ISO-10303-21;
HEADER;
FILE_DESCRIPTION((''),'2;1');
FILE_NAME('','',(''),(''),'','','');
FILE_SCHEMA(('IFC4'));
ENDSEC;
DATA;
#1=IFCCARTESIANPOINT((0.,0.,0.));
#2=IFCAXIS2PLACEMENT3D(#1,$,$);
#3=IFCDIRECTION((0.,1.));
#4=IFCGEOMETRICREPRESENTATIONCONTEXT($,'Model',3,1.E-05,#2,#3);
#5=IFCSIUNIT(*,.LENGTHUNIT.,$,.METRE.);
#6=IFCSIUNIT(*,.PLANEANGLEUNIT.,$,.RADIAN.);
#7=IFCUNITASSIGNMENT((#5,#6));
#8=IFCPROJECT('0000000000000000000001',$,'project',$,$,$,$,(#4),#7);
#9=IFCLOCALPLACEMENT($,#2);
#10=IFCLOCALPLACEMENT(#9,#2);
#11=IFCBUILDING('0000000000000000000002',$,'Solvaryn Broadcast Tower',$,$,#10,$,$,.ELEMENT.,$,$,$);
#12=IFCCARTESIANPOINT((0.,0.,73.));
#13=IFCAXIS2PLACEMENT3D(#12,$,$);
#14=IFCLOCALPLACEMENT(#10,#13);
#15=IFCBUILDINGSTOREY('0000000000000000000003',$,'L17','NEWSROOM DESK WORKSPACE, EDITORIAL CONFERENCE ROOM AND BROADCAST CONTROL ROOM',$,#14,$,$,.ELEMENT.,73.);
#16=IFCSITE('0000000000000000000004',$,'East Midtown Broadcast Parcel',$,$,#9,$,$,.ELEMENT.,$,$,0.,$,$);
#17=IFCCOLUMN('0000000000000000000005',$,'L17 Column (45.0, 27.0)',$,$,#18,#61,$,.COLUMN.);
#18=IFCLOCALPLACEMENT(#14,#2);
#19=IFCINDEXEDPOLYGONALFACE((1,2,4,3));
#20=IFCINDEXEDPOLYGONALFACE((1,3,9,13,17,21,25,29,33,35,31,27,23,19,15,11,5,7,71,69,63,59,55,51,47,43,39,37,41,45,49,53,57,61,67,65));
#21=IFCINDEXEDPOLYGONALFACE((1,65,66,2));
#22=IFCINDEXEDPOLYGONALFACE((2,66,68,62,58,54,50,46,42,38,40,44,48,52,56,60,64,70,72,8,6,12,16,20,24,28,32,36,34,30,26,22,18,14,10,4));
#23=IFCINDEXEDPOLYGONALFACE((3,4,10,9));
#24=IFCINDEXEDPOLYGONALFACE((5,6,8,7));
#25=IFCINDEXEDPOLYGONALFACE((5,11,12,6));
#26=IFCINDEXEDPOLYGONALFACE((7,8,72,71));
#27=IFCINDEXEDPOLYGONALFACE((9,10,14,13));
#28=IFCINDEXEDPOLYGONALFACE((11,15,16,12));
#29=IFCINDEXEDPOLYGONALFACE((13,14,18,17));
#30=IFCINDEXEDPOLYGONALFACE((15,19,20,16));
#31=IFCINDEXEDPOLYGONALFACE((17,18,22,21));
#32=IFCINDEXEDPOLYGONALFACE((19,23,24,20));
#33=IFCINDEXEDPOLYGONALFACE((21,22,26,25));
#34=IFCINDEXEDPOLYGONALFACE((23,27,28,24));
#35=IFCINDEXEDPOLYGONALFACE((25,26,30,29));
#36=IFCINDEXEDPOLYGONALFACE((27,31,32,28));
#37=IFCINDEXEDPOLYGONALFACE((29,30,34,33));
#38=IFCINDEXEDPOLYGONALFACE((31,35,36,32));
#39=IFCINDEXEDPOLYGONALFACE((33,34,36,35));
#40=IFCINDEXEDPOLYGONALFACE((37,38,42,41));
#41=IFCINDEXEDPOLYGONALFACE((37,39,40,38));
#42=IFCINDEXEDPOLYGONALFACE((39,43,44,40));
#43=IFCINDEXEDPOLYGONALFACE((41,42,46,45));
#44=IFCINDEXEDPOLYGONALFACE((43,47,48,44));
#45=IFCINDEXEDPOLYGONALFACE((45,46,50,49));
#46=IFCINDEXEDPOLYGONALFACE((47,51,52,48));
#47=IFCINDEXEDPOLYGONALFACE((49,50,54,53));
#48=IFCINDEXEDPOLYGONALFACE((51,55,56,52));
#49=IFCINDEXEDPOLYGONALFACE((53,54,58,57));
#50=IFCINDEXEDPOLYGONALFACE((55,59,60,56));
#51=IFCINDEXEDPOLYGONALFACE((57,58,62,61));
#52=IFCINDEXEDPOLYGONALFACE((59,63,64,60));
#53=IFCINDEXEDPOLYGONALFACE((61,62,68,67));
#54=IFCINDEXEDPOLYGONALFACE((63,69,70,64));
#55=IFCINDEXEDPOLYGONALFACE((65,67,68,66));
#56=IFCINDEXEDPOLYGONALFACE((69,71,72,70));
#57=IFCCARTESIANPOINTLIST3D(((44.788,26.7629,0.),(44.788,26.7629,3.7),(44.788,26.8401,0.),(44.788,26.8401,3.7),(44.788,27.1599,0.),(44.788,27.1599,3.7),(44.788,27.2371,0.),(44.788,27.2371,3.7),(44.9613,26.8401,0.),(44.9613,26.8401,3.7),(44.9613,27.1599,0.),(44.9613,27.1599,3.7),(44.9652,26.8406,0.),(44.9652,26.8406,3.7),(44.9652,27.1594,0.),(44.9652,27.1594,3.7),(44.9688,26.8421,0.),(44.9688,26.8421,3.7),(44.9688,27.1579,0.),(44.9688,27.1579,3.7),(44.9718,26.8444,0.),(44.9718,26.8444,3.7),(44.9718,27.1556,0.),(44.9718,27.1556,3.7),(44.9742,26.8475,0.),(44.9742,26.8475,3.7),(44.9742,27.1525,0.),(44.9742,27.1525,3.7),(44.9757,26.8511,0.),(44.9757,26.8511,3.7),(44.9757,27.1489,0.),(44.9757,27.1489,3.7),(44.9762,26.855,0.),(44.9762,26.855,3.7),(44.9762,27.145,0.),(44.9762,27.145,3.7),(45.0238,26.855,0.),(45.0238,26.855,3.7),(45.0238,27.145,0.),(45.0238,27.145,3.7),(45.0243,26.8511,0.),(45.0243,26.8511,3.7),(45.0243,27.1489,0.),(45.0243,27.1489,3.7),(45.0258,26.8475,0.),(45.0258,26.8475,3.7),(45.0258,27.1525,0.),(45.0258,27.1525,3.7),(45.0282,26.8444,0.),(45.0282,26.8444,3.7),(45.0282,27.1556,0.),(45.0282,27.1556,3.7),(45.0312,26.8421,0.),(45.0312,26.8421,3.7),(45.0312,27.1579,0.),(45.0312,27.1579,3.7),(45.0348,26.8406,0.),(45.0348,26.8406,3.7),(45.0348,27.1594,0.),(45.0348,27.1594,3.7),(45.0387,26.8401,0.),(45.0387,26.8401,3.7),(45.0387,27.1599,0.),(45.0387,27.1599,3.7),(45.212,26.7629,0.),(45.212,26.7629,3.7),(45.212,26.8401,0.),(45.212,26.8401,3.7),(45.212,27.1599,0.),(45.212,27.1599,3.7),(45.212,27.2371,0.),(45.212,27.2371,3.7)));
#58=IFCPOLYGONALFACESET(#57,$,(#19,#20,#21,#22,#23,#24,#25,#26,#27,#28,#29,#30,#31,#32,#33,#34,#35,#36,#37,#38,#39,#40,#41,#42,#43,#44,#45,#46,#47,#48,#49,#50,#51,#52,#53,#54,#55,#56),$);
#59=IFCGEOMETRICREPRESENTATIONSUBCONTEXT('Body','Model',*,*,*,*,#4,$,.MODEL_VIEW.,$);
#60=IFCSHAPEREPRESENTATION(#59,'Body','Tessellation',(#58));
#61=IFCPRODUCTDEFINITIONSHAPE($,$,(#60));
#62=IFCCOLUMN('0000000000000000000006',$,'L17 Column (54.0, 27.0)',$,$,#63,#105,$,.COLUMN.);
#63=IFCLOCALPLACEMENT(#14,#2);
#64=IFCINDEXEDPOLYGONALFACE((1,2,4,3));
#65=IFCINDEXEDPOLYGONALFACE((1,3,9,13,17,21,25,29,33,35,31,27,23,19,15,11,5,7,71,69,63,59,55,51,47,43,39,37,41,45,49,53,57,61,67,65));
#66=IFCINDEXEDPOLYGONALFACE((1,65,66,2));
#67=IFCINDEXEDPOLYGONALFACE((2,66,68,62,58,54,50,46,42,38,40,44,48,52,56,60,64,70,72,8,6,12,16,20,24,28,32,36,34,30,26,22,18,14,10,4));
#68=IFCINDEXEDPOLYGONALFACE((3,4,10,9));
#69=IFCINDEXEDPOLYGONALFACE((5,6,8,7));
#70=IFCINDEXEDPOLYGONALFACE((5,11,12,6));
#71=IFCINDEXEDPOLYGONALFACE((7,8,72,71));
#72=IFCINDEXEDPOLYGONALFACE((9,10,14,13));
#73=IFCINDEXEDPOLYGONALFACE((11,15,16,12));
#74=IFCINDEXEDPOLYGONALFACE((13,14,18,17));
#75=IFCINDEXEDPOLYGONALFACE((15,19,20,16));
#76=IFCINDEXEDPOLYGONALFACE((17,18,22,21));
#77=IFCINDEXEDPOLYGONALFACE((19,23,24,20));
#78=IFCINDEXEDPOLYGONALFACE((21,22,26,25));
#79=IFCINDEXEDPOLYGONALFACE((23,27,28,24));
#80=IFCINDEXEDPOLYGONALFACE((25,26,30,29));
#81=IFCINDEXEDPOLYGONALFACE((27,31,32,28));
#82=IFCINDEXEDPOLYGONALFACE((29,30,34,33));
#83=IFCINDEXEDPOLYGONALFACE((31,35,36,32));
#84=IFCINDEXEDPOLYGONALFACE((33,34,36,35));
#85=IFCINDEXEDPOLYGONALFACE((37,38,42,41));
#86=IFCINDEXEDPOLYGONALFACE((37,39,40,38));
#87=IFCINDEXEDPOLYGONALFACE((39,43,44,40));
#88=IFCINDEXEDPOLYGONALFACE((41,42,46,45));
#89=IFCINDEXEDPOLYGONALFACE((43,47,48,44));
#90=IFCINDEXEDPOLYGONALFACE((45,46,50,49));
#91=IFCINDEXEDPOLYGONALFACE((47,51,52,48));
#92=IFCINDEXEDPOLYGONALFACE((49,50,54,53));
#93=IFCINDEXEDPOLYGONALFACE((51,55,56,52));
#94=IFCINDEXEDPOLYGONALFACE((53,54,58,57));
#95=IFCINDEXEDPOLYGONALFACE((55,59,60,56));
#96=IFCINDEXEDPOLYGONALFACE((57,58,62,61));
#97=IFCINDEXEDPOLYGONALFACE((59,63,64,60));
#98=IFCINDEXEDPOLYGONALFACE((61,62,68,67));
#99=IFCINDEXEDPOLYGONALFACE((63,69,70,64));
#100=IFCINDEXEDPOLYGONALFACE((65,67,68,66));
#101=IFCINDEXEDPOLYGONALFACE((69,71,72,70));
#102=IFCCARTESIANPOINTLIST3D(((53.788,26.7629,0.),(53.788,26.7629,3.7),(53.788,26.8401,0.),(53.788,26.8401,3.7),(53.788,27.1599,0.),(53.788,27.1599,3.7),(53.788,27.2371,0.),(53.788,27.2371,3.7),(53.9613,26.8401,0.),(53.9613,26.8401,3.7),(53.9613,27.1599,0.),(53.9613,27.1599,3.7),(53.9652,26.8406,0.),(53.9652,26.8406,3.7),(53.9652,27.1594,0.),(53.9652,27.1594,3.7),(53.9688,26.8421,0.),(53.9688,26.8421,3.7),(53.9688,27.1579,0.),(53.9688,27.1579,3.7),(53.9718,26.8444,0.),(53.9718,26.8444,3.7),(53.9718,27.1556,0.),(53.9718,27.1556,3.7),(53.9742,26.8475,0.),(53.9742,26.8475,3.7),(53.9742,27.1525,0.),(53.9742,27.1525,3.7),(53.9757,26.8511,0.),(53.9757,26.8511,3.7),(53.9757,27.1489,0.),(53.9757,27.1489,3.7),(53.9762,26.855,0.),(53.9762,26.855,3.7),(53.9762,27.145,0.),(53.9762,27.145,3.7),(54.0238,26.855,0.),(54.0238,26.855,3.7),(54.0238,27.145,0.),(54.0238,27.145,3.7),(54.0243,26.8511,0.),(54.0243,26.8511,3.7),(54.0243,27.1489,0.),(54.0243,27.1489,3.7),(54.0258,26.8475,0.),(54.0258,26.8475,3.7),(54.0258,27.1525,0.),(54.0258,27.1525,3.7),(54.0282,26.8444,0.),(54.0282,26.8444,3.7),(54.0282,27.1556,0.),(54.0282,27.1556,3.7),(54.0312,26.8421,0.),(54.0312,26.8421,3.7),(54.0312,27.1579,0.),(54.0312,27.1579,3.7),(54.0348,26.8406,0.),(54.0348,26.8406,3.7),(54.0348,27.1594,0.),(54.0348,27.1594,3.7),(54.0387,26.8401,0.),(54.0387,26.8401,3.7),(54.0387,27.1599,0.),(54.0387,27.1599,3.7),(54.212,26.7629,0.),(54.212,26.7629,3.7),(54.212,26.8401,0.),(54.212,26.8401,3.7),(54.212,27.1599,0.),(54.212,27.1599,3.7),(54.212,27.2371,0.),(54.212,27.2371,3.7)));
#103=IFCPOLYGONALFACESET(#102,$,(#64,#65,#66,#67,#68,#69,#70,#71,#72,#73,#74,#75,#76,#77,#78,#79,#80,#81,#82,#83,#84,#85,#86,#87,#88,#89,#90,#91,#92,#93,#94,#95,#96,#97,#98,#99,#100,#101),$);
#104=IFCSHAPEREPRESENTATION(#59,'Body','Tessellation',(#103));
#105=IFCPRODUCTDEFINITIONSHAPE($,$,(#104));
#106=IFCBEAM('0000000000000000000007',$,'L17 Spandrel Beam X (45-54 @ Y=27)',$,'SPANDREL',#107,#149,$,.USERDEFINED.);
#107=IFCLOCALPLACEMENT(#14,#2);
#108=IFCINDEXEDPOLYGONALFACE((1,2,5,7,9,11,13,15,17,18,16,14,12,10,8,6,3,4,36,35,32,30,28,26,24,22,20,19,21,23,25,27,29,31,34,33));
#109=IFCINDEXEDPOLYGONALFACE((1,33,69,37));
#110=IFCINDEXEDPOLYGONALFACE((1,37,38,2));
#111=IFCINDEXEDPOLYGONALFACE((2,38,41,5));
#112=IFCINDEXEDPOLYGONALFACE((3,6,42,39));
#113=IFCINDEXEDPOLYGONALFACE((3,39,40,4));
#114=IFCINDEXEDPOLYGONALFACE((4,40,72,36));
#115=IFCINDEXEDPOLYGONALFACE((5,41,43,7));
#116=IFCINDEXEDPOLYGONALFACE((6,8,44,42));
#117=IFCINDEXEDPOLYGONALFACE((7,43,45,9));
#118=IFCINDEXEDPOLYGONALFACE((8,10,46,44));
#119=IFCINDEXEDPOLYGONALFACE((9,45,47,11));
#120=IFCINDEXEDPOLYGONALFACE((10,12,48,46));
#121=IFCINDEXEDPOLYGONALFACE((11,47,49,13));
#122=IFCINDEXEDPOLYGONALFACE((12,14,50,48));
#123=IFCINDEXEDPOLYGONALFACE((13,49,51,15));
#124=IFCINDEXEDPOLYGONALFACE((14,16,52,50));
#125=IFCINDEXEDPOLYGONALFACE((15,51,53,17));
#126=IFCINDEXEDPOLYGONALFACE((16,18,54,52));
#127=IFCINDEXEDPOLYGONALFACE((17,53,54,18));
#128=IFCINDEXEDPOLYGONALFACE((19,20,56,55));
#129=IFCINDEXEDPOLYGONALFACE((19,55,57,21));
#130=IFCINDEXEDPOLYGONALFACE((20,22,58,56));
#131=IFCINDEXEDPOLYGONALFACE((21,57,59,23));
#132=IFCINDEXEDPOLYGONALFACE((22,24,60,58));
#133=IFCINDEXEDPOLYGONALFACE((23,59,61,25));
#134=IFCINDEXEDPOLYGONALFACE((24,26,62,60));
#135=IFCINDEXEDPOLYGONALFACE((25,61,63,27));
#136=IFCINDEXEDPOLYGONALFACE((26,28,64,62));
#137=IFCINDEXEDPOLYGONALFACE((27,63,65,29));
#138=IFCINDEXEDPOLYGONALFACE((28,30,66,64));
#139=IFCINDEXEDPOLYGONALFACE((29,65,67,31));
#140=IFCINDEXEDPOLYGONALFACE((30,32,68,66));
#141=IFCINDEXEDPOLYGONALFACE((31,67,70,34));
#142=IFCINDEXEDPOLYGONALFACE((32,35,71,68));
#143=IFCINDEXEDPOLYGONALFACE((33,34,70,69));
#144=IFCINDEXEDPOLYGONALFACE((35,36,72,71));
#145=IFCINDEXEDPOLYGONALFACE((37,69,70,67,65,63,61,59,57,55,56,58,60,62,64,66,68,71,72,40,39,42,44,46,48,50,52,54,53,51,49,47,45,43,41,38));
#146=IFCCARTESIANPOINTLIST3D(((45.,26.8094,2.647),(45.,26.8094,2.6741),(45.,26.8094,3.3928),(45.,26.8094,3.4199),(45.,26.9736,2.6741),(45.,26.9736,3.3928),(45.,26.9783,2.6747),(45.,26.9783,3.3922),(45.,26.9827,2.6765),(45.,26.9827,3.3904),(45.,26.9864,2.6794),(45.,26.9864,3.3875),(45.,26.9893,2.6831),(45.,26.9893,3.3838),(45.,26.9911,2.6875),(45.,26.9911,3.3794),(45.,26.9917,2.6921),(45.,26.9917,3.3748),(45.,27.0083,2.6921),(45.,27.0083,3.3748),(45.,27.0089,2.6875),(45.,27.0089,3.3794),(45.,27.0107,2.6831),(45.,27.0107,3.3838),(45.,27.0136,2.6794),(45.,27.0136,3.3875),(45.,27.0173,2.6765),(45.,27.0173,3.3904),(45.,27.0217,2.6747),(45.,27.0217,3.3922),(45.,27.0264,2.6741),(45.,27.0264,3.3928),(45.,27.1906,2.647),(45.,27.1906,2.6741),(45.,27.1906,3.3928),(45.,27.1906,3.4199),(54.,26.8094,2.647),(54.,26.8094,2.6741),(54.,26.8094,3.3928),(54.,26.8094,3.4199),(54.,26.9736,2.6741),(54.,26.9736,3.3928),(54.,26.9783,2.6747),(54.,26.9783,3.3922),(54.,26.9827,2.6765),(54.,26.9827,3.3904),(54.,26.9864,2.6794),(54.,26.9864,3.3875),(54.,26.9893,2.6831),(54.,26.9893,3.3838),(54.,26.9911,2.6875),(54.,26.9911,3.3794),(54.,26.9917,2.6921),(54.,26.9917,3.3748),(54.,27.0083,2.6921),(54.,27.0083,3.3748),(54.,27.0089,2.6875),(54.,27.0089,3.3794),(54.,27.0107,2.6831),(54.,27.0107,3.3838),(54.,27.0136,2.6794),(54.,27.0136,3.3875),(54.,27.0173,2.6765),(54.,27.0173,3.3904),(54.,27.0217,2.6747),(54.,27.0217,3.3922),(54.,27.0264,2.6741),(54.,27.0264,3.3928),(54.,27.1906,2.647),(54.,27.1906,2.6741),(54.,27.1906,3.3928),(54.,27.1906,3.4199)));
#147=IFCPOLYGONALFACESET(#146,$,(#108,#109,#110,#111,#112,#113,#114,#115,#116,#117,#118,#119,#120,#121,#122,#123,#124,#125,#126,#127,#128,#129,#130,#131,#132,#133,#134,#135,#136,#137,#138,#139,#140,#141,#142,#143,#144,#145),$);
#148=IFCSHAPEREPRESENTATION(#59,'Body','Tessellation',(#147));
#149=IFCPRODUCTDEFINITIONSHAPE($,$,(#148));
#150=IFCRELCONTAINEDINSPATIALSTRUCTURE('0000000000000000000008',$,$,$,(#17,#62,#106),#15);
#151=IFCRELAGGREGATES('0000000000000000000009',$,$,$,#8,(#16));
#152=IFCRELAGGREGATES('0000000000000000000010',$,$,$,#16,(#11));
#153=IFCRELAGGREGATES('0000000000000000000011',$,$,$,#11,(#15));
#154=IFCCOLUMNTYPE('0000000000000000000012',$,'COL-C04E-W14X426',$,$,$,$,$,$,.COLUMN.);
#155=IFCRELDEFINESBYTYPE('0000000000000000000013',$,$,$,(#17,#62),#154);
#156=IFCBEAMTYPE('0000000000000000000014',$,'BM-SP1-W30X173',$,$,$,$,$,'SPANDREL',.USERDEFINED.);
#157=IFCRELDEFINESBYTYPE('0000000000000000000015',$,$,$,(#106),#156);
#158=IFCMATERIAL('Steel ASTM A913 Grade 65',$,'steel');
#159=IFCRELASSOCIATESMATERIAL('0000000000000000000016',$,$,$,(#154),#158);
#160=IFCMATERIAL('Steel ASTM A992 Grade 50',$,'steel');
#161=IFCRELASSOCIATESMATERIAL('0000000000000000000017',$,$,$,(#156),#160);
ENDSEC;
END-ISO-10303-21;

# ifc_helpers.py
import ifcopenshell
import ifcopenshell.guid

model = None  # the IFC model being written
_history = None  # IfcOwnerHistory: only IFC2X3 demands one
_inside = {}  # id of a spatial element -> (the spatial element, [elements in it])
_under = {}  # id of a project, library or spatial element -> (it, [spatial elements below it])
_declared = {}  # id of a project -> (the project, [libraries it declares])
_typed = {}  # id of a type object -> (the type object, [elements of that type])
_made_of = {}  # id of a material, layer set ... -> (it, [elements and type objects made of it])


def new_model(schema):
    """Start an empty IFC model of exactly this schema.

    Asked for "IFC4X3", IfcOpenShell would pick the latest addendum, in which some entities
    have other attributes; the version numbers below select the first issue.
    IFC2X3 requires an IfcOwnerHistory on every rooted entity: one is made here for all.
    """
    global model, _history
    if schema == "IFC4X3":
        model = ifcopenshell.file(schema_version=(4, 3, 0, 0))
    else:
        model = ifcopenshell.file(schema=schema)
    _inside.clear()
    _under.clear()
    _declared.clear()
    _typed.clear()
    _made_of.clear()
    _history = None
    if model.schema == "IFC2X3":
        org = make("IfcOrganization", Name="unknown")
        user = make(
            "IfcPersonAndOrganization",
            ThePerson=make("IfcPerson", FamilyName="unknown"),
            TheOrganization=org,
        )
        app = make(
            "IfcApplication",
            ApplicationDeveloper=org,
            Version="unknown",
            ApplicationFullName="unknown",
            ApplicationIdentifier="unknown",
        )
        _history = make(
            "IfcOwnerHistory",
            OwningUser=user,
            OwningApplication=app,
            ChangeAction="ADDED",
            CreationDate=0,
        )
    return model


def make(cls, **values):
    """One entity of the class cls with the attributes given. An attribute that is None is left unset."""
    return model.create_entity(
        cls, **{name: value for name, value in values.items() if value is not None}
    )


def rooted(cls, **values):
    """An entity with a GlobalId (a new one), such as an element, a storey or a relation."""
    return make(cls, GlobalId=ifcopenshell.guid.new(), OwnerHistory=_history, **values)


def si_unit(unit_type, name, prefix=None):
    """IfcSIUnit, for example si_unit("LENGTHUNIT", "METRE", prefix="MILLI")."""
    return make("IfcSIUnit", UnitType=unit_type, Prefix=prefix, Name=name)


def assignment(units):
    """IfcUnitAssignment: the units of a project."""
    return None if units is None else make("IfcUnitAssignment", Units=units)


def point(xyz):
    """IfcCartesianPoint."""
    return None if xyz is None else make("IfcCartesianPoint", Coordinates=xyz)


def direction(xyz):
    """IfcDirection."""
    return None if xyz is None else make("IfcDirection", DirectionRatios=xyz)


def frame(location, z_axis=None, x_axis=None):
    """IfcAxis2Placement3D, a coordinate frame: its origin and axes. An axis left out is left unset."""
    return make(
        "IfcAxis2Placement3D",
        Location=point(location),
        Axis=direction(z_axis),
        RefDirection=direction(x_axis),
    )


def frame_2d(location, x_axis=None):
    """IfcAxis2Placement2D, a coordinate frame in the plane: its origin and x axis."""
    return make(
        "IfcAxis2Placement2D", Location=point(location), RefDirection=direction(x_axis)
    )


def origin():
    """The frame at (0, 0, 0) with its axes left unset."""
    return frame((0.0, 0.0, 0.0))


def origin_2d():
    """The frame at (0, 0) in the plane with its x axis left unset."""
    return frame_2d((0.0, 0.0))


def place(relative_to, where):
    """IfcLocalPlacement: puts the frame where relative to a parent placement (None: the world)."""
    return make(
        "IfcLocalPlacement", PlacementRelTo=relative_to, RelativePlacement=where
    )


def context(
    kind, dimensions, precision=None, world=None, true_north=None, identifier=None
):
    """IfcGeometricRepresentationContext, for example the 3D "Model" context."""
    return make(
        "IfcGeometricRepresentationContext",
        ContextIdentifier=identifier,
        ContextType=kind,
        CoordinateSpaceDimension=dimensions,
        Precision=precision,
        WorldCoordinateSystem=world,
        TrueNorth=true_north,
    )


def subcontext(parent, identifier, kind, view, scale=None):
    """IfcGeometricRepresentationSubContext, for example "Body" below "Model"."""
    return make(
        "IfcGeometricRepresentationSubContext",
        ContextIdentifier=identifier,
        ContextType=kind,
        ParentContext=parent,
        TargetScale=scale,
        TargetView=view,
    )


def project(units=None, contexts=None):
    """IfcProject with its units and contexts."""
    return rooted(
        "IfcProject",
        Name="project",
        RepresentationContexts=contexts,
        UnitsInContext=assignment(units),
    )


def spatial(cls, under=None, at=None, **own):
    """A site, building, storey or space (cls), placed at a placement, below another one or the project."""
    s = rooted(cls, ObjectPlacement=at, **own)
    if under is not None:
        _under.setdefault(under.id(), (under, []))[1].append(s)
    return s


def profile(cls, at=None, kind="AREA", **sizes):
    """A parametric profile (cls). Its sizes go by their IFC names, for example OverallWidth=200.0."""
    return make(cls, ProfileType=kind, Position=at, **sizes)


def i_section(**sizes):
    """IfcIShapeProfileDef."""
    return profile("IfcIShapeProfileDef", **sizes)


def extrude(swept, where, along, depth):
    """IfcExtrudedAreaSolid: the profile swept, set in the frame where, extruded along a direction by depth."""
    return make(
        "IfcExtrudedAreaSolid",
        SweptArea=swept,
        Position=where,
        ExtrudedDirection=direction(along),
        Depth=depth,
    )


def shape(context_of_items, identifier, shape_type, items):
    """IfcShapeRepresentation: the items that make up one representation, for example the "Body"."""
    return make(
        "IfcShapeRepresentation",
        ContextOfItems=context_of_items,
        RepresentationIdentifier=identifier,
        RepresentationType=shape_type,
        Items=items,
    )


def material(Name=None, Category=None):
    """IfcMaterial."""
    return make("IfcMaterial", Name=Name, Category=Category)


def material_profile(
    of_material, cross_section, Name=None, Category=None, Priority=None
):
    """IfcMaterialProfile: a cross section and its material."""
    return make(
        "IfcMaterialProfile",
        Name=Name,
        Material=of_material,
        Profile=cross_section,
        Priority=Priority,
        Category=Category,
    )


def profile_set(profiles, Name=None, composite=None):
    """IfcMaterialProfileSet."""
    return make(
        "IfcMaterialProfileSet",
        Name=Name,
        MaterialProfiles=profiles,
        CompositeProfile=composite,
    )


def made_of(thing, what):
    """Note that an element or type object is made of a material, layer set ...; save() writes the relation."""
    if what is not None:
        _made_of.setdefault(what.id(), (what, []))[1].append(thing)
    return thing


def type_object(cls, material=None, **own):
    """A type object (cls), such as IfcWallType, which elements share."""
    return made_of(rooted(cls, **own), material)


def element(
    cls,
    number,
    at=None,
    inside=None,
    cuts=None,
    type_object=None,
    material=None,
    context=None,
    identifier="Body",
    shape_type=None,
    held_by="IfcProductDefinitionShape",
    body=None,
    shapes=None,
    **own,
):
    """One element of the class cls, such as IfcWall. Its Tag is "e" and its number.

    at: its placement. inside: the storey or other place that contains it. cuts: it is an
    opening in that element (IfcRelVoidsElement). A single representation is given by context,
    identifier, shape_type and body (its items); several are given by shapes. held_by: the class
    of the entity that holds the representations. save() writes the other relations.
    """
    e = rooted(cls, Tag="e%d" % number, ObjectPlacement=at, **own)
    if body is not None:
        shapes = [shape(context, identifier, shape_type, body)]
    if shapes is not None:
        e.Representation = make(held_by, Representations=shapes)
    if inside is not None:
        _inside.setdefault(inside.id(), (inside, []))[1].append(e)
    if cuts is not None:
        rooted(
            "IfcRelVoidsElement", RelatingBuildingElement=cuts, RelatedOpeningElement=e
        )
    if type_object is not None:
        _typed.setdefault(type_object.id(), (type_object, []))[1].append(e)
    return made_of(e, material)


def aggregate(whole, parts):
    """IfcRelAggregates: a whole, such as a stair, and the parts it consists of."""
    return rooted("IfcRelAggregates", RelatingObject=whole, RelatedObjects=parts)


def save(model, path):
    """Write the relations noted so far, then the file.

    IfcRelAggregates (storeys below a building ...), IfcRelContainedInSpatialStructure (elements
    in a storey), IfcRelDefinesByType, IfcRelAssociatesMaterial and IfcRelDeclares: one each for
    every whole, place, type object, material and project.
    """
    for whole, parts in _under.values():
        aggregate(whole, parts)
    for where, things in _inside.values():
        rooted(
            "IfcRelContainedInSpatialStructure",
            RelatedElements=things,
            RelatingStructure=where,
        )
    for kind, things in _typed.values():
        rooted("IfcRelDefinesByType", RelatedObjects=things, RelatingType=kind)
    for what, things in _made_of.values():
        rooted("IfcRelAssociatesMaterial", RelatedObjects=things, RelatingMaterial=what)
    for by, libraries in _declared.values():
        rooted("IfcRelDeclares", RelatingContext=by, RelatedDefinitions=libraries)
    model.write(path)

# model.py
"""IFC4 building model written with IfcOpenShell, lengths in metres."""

from ifc_helpers import new_model, si_unit, direction, frame, origin, origin_2d, place, context, subcontext, project, spatial, i_section, extrude, material, material_profile, profile_set, type_object, element, save


model = new_model("IFC4")

# Units and contexts
model_context = context("Model", 3, precision=1e-05, world=origin(), true_north=direction((0.0, 1.0)))
body_context = subcontext(model_context, "Body", "Model", "MODEL_VIEW")
ifc_project = project(units=[si_unit("LENGTHUNIT", "METRE"), si_unit("PLANEANGLEUNIT", "RADIAN")], contexts=[model_context])

# Site, building, storey
site_placement = place(None, origin())
site = spatial("IfcSite", under=ifc_project, at=site_placement, Name="East Midtown Broadcast Parcel", CompositionType="ELEMENT", RefElevation=0.0)
building_placement = place(site_placement, origin())
building = spatial("IfcBuilding", under=site, at=building_placement, Name="Solvaryn Broadcast Tower", CompositionType="ELEMENT")
storey_placement = place(building_placement, frame((0.0, 0.0, 73.0)))
storey = spatial("IfcBuildingStorey", under=building, at=storey_placement, Name="L17", Description="NEWSROOM DESK WORKSPACE, EDITORIAL CONFERENCE ROOM AND BROADCAST CONTROL ROOM", CompositionType="ELEMENT", Elevation=73.0)

# Columns
ifc_material_1 = material(Name="Steel ASTM A913 Grade 65", Category="steel")
ifc_material_profile_1 = material_profile(ifc_material_1, i_section(OverallWidth=0.4241, OverallDepth=0.4741, WebThickness=0.0476, FlangeThickness=0.0771, FilletRadius=0.0149, at=origin_2d()))
ifc_profile_set_1 = profile_set([ifc_material_profile_1], Name="Steel ASTM A913 Grade 65")
column_type = type_object("IfcColumnType", Name="COL-C04E-W14X426", PredefinedType="COLUMN", material=ifc_profile_set_1)
for number, where, z_axis, x_axis, name in (
    (1, (45.0, 27.0, 0.0), (0.0, 0.0, 1.0), (1.0, 0.0, 0.0), "L17 Column (45.0, 27.0)"),
    (2, (54.0, 27.0, 0.0), (0.0, 0.0, 1.0), (1.0, 0.0, 0.0), "L17 Column (54.0, 27.0)"),
):
    element("IfcColumn", number, at=place(storey_placement, frame(where, z_axis=z_axis, x_axis=x_axis)), inside=storey, type_object=column_type, Name=name, PredefinedType="COLUMN", context=body_context, shape_type="SweptSolid", body=[
        extrude(i_section(OverallWidth=0.4241, OverallDepth=0.4741, WebThickness=0.0476, FlangeThickness=0.0771, FilletRadius=0.0149, at=origin_2d()), origin(), (0.0, 0.0, 1.0), 3.7),
    ])

# Beam
ifc_material_2 = material(Name="Steel ASTM A992 Grade 50", Category="steel")
ifc_material_profile_2 = material_profile(ifc_material_2, i_section(OverallWidth=0.3811, OverallDepth=0.7729, WebThickness=0.0166, FlangeThickness=0.0271, FilletRadius=0.0181, at=origin_2d()))
ifc_profile_set_2 = profile_set([ifc_material_profile_2], Name="Steel ASTM A992 Grade 50")
beam_type = type_object("IfcBeamType", Name="BM-SP1-W30X173", ElementType="SPANDREL", PredefinedType="USERDEFINED", material=ifc_profile_set_2)
beam_placement = place(storey_placement, frame((45.0, 27.0, 3.0334), z_axis=(1.0, 0.0, 0.0), x_axis=(0.0, 1.0, 0.0)))
element("IfcBeam", 3, at=beam_placement, inside=storey, type_object=beam_type, Name="L17 Spandrel Beam X (45-54 @ Y=27)", ObjectType="SPANDREL", PredefinedType="USERDEFINED", context=body_context, shape_type="SweptSolid", body=[
    extrude(i_section(OverallWidth=0.3811, OverallDepth=0.7729, WebThickness=0.0166, FlangeThickness=0.0271, FilletRadius=0.0181, at=origin_2d()), origin(), (0.0, 0.0, 1.0), 9.0),
])

save(model, "model.ifc")
